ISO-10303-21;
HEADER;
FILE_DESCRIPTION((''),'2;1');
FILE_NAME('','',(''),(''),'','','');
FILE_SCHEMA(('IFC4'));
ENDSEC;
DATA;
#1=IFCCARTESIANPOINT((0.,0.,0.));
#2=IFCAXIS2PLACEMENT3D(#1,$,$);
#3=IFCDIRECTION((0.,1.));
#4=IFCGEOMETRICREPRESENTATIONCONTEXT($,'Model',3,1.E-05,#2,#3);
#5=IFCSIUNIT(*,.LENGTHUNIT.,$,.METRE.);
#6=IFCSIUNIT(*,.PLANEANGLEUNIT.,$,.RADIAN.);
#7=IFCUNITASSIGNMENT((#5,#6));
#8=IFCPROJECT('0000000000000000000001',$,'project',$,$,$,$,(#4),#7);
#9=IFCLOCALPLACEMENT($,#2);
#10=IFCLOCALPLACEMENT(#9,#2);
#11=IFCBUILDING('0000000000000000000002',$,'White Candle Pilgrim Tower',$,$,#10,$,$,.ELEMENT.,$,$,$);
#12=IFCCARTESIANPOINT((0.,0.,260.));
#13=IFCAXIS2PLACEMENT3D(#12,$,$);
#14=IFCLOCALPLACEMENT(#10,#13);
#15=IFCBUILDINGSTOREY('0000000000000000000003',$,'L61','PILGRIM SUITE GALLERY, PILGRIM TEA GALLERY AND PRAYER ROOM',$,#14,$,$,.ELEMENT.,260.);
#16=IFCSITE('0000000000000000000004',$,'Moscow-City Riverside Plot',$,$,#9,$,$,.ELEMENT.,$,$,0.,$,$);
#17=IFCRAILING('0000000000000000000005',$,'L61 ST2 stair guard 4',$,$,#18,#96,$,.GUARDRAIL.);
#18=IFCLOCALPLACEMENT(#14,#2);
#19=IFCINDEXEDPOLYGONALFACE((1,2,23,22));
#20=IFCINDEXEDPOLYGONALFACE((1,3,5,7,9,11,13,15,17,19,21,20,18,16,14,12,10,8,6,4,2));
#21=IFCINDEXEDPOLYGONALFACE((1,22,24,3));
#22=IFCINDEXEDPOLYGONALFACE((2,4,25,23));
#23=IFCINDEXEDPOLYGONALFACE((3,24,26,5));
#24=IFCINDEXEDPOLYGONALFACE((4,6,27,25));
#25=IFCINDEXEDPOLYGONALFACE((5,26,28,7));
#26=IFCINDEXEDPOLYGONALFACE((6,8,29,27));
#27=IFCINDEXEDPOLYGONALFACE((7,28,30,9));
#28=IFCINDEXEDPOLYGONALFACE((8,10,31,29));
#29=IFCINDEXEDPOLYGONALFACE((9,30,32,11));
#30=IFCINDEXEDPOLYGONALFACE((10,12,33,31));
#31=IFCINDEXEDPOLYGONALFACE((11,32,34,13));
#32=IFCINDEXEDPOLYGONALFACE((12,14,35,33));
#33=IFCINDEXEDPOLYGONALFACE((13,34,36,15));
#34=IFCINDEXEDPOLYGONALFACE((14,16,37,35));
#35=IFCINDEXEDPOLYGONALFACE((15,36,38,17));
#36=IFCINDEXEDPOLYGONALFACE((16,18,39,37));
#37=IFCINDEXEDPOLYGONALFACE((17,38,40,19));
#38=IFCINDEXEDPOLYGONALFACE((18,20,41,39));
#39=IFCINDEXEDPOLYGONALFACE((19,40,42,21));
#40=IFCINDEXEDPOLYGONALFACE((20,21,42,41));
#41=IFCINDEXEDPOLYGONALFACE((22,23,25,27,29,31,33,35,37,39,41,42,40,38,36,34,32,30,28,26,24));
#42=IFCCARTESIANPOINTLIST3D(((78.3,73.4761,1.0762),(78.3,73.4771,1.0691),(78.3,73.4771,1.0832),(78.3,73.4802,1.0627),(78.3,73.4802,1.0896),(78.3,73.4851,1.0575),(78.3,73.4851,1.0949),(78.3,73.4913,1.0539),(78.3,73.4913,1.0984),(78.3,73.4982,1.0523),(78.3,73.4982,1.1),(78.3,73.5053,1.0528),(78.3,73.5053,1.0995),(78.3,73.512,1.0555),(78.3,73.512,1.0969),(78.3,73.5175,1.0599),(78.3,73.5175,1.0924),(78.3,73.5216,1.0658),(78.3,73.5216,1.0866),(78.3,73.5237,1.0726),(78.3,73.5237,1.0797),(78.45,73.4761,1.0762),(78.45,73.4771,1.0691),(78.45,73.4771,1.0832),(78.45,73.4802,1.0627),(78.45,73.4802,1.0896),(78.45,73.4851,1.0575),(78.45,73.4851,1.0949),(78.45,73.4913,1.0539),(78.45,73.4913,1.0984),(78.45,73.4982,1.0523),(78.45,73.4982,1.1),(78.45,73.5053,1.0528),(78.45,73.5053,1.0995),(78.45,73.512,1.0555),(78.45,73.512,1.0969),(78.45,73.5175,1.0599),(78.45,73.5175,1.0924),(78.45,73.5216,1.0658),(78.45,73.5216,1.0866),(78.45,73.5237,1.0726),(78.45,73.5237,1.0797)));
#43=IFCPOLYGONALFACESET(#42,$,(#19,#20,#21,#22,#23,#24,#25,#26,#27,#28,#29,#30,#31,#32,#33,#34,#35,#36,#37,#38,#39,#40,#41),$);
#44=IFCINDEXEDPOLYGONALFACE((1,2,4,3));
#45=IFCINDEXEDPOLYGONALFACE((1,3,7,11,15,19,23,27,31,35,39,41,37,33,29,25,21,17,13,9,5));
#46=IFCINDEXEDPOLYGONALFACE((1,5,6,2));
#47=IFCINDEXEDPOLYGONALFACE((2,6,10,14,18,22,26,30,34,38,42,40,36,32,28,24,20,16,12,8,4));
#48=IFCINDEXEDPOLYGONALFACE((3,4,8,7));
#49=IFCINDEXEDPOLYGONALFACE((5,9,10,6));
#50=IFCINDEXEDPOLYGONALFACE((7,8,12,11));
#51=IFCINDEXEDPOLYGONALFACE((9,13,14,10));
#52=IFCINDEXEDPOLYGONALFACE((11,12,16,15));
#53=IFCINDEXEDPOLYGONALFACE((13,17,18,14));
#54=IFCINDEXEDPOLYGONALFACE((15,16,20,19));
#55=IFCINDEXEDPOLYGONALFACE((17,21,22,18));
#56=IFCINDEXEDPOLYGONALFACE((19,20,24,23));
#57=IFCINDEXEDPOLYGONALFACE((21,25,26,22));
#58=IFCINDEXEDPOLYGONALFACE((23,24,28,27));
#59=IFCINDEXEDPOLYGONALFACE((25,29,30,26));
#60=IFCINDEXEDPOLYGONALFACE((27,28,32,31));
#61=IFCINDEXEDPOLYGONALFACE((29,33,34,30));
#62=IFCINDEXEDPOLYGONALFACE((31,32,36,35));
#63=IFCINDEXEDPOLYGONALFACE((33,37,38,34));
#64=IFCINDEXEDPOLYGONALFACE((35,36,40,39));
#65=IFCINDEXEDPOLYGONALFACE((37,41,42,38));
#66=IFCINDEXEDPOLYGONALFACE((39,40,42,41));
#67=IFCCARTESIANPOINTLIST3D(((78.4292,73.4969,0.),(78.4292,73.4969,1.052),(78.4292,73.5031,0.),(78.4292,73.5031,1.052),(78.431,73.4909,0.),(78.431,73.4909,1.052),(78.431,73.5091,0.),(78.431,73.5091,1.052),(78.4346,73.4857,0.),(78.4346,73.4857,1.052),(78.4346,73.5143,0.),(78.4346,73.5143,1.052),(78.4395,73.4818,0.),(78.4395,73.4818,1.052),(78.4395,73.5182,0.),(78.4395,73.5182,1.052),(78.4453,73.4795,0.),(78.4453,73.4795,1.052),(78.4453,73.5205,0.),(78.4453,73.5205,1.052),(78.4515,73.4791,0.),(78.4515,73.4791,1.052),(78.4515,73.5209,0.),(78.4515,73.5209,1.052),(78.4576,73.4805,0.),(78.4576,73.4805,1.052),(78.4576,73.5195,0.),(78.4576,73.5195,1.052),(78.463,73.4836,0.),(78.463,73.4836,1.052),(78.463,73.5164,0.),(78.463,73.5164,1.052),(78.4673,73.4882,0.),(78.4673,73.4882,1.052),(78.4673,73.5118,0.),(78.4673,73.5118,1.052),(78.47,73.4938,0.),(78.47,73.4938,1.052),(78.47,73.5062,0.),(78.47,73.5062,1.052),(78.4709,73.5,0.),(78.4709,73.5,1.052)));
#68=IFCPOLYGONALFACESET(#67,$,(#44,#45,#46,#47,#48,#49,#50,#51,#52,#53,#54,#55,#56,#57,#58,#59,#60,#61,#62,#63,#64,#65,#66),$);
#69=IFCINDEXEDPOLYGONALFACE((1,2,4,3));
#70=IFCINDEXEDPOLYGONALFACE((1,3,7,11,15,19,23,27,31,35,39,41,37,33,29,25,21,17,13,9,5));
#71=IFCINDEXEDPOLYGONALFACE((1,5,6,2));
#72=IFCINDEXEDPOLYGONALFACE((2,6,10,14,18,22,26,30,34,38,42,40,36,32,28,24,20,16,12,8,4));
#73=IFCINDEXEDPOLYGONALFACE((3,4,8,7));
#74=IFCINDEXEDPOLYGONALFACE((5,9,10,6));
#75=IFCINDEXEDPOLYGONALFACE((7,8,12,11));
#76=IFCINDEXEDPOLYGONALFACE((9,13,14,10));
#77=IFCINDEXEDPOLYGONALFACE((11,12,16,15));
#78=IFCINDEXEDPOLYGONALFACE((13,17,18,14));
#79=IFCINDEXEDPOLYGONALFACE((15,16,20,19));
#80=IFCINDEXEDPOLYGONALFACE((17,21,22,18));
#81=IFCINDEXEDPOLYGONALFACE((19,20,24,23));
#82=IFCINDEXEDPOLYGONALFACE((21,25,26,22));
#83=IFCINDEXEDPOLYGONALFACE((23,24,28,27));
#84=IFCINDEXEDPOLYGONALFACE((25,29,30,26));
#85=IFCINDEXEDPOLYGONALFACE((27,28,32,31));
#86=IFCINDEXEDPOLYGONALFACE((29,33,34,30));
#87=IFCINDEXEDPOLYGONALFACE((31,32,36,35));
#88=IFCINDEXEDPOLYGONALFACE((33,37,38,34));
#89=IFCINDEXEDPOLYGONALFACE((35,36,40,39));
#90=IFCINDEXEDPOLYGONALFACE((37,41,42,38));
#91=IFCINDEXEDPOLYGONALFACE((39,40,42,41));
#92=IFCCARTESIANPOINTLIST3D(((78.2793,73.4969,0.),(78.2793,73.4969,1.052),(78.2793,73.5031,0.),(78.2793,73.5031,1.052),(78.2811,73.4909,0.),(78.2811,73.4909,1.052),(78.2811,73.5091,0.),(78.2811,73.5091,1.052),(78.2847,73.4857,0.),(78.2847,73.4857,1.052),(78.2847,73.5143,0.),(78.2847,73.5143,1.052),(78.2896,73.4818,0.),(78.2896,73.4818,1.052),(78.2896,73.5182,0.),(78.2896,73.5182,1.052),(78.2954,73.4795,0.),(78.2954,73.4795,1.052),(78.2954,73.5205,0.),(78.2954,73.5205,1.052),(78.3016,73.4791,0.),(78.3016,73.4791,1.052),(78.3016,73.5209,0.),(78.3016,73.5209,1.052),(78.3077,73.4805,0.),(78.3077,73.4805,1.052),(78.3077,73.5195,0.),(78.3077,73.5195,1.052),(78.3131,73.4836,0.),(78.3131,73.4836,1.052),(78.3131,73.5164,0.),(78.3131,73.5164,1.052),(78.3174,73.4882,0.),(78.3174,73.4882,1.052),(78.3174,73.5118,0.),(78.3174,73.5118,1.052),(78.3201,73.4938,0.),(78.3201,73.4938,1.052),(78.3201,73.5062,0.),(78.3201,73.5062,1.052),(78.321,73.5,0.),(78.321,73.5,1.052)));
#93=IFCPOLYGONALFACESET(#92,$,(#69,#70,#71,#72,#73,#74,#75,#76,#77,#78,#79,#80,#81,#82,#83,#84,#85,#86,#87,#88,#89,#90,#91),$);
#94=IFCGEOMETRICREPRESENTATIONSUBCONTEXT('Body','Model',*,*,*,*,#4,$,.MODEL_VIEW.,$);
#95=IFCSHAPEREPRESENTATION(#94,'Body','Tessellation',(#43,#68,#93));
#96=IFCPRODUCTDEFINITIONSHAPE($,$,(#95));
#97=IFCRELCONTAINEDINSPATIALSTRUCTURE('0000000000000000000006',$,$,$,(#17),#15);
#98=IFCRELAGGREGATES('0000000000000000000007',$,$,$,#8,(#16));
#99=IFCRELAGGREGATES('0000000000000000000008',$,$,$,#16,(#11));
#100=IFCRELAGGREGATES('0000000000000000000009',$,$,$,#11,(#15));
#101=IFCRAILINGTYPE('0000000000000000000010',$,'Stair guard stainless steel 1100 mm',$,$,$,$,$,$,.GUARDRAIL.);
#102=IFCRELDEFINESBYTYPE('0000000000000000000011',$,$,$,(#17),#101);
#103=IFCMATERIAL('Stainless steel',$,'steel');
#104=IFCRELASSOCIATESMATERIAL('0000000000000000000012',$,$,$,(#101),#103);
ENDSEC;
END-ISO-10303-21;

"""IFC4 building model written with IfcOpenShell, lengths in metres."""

from ifc_helpers import new_model, si_unit, direction, frame, origin, origin_2d, place, context, subcontext, project, spatial, circle, extrude, material, type_object, element, save


model = new_model("IFC4")

# Units and contexts
model_context = context("Model", 3, precision=1e-05, world=origin(), true_north=direction((0.0, 1.0)))
body_context = subcontext(model_context, "Body", "Model", "MODEL_VIEW")
ifc_project = project(units=[si_unit("LENGTHUNIT", "METRE"), si_unit("PLANEANGLEUNIT", "RADIAN")], contexts=[model_context])

# Site, building, storey
site_placement = place(None, origin())
site = spatial("IfcSite", under=ifc_project, at=site_placement, Name="Moscow-City Riverside Plot", CompositionType="ELEMENT", RefElevation=0.0)
building_placement = place(site_placement, origin())
building = spatial("IfcBuilding", under=site, at=building_placement, Name="White Candle Pilgrim Tower", CompositionType="ELEMENT")
storey_placement = place(building_placement, frame((0.0, 0.0, 260.0)))
storey = spatial("IfcBuildingStorey", under=building, at=storey_placement, Name="L61", Description="PILGRIM SUITE GALLERY, PILGRIM TEA GALLERY AND PRAYER ROOM", CompositionType="ELEMENT", Elevation=260.0)

# Railing
ifc_material_1 = material(Name="Stainless steel", Category="steel")
railing_type_1 = type_object("IfcRailingType", Name="Stair guard stainless steel 1100 mm", PredefinedType="GUARDRAIL", material=ifc_material_1)
railing_1_placement = place(storey_placement, frame((78.45, 73.5, 0.0)))
element("IfcRailing", 1, at=railing_1_placement, inside=storey, type_object=railing_type_1, Name="L61 ST2 stair guard 4", PredefinedType="GUARDRAIL", context=body_context, shape_type="SweptSolid", body=[
    extrude(circle(Radius=0.0239, at=origin_2d()), frame((0.0, 0.0, 1.0762), z_axis=(-1.0, 0.0, 0.0), x_axis=(0.0, -1.0, 0.0)), (0.0, 0.0, 1.0), 0.1499),
    extrude(circle(Radius=0.021, at=origin_2d()), origin(), (0.0, 0.0, 1.0), 1.052),
    extrude(circle(Radius=0.021, at=origin_2d()), frame((-0.1499, 0.0, 0.0)), (0.0, 0.0, 1.0), 1.052),
])

save(model, "model.ifc")
